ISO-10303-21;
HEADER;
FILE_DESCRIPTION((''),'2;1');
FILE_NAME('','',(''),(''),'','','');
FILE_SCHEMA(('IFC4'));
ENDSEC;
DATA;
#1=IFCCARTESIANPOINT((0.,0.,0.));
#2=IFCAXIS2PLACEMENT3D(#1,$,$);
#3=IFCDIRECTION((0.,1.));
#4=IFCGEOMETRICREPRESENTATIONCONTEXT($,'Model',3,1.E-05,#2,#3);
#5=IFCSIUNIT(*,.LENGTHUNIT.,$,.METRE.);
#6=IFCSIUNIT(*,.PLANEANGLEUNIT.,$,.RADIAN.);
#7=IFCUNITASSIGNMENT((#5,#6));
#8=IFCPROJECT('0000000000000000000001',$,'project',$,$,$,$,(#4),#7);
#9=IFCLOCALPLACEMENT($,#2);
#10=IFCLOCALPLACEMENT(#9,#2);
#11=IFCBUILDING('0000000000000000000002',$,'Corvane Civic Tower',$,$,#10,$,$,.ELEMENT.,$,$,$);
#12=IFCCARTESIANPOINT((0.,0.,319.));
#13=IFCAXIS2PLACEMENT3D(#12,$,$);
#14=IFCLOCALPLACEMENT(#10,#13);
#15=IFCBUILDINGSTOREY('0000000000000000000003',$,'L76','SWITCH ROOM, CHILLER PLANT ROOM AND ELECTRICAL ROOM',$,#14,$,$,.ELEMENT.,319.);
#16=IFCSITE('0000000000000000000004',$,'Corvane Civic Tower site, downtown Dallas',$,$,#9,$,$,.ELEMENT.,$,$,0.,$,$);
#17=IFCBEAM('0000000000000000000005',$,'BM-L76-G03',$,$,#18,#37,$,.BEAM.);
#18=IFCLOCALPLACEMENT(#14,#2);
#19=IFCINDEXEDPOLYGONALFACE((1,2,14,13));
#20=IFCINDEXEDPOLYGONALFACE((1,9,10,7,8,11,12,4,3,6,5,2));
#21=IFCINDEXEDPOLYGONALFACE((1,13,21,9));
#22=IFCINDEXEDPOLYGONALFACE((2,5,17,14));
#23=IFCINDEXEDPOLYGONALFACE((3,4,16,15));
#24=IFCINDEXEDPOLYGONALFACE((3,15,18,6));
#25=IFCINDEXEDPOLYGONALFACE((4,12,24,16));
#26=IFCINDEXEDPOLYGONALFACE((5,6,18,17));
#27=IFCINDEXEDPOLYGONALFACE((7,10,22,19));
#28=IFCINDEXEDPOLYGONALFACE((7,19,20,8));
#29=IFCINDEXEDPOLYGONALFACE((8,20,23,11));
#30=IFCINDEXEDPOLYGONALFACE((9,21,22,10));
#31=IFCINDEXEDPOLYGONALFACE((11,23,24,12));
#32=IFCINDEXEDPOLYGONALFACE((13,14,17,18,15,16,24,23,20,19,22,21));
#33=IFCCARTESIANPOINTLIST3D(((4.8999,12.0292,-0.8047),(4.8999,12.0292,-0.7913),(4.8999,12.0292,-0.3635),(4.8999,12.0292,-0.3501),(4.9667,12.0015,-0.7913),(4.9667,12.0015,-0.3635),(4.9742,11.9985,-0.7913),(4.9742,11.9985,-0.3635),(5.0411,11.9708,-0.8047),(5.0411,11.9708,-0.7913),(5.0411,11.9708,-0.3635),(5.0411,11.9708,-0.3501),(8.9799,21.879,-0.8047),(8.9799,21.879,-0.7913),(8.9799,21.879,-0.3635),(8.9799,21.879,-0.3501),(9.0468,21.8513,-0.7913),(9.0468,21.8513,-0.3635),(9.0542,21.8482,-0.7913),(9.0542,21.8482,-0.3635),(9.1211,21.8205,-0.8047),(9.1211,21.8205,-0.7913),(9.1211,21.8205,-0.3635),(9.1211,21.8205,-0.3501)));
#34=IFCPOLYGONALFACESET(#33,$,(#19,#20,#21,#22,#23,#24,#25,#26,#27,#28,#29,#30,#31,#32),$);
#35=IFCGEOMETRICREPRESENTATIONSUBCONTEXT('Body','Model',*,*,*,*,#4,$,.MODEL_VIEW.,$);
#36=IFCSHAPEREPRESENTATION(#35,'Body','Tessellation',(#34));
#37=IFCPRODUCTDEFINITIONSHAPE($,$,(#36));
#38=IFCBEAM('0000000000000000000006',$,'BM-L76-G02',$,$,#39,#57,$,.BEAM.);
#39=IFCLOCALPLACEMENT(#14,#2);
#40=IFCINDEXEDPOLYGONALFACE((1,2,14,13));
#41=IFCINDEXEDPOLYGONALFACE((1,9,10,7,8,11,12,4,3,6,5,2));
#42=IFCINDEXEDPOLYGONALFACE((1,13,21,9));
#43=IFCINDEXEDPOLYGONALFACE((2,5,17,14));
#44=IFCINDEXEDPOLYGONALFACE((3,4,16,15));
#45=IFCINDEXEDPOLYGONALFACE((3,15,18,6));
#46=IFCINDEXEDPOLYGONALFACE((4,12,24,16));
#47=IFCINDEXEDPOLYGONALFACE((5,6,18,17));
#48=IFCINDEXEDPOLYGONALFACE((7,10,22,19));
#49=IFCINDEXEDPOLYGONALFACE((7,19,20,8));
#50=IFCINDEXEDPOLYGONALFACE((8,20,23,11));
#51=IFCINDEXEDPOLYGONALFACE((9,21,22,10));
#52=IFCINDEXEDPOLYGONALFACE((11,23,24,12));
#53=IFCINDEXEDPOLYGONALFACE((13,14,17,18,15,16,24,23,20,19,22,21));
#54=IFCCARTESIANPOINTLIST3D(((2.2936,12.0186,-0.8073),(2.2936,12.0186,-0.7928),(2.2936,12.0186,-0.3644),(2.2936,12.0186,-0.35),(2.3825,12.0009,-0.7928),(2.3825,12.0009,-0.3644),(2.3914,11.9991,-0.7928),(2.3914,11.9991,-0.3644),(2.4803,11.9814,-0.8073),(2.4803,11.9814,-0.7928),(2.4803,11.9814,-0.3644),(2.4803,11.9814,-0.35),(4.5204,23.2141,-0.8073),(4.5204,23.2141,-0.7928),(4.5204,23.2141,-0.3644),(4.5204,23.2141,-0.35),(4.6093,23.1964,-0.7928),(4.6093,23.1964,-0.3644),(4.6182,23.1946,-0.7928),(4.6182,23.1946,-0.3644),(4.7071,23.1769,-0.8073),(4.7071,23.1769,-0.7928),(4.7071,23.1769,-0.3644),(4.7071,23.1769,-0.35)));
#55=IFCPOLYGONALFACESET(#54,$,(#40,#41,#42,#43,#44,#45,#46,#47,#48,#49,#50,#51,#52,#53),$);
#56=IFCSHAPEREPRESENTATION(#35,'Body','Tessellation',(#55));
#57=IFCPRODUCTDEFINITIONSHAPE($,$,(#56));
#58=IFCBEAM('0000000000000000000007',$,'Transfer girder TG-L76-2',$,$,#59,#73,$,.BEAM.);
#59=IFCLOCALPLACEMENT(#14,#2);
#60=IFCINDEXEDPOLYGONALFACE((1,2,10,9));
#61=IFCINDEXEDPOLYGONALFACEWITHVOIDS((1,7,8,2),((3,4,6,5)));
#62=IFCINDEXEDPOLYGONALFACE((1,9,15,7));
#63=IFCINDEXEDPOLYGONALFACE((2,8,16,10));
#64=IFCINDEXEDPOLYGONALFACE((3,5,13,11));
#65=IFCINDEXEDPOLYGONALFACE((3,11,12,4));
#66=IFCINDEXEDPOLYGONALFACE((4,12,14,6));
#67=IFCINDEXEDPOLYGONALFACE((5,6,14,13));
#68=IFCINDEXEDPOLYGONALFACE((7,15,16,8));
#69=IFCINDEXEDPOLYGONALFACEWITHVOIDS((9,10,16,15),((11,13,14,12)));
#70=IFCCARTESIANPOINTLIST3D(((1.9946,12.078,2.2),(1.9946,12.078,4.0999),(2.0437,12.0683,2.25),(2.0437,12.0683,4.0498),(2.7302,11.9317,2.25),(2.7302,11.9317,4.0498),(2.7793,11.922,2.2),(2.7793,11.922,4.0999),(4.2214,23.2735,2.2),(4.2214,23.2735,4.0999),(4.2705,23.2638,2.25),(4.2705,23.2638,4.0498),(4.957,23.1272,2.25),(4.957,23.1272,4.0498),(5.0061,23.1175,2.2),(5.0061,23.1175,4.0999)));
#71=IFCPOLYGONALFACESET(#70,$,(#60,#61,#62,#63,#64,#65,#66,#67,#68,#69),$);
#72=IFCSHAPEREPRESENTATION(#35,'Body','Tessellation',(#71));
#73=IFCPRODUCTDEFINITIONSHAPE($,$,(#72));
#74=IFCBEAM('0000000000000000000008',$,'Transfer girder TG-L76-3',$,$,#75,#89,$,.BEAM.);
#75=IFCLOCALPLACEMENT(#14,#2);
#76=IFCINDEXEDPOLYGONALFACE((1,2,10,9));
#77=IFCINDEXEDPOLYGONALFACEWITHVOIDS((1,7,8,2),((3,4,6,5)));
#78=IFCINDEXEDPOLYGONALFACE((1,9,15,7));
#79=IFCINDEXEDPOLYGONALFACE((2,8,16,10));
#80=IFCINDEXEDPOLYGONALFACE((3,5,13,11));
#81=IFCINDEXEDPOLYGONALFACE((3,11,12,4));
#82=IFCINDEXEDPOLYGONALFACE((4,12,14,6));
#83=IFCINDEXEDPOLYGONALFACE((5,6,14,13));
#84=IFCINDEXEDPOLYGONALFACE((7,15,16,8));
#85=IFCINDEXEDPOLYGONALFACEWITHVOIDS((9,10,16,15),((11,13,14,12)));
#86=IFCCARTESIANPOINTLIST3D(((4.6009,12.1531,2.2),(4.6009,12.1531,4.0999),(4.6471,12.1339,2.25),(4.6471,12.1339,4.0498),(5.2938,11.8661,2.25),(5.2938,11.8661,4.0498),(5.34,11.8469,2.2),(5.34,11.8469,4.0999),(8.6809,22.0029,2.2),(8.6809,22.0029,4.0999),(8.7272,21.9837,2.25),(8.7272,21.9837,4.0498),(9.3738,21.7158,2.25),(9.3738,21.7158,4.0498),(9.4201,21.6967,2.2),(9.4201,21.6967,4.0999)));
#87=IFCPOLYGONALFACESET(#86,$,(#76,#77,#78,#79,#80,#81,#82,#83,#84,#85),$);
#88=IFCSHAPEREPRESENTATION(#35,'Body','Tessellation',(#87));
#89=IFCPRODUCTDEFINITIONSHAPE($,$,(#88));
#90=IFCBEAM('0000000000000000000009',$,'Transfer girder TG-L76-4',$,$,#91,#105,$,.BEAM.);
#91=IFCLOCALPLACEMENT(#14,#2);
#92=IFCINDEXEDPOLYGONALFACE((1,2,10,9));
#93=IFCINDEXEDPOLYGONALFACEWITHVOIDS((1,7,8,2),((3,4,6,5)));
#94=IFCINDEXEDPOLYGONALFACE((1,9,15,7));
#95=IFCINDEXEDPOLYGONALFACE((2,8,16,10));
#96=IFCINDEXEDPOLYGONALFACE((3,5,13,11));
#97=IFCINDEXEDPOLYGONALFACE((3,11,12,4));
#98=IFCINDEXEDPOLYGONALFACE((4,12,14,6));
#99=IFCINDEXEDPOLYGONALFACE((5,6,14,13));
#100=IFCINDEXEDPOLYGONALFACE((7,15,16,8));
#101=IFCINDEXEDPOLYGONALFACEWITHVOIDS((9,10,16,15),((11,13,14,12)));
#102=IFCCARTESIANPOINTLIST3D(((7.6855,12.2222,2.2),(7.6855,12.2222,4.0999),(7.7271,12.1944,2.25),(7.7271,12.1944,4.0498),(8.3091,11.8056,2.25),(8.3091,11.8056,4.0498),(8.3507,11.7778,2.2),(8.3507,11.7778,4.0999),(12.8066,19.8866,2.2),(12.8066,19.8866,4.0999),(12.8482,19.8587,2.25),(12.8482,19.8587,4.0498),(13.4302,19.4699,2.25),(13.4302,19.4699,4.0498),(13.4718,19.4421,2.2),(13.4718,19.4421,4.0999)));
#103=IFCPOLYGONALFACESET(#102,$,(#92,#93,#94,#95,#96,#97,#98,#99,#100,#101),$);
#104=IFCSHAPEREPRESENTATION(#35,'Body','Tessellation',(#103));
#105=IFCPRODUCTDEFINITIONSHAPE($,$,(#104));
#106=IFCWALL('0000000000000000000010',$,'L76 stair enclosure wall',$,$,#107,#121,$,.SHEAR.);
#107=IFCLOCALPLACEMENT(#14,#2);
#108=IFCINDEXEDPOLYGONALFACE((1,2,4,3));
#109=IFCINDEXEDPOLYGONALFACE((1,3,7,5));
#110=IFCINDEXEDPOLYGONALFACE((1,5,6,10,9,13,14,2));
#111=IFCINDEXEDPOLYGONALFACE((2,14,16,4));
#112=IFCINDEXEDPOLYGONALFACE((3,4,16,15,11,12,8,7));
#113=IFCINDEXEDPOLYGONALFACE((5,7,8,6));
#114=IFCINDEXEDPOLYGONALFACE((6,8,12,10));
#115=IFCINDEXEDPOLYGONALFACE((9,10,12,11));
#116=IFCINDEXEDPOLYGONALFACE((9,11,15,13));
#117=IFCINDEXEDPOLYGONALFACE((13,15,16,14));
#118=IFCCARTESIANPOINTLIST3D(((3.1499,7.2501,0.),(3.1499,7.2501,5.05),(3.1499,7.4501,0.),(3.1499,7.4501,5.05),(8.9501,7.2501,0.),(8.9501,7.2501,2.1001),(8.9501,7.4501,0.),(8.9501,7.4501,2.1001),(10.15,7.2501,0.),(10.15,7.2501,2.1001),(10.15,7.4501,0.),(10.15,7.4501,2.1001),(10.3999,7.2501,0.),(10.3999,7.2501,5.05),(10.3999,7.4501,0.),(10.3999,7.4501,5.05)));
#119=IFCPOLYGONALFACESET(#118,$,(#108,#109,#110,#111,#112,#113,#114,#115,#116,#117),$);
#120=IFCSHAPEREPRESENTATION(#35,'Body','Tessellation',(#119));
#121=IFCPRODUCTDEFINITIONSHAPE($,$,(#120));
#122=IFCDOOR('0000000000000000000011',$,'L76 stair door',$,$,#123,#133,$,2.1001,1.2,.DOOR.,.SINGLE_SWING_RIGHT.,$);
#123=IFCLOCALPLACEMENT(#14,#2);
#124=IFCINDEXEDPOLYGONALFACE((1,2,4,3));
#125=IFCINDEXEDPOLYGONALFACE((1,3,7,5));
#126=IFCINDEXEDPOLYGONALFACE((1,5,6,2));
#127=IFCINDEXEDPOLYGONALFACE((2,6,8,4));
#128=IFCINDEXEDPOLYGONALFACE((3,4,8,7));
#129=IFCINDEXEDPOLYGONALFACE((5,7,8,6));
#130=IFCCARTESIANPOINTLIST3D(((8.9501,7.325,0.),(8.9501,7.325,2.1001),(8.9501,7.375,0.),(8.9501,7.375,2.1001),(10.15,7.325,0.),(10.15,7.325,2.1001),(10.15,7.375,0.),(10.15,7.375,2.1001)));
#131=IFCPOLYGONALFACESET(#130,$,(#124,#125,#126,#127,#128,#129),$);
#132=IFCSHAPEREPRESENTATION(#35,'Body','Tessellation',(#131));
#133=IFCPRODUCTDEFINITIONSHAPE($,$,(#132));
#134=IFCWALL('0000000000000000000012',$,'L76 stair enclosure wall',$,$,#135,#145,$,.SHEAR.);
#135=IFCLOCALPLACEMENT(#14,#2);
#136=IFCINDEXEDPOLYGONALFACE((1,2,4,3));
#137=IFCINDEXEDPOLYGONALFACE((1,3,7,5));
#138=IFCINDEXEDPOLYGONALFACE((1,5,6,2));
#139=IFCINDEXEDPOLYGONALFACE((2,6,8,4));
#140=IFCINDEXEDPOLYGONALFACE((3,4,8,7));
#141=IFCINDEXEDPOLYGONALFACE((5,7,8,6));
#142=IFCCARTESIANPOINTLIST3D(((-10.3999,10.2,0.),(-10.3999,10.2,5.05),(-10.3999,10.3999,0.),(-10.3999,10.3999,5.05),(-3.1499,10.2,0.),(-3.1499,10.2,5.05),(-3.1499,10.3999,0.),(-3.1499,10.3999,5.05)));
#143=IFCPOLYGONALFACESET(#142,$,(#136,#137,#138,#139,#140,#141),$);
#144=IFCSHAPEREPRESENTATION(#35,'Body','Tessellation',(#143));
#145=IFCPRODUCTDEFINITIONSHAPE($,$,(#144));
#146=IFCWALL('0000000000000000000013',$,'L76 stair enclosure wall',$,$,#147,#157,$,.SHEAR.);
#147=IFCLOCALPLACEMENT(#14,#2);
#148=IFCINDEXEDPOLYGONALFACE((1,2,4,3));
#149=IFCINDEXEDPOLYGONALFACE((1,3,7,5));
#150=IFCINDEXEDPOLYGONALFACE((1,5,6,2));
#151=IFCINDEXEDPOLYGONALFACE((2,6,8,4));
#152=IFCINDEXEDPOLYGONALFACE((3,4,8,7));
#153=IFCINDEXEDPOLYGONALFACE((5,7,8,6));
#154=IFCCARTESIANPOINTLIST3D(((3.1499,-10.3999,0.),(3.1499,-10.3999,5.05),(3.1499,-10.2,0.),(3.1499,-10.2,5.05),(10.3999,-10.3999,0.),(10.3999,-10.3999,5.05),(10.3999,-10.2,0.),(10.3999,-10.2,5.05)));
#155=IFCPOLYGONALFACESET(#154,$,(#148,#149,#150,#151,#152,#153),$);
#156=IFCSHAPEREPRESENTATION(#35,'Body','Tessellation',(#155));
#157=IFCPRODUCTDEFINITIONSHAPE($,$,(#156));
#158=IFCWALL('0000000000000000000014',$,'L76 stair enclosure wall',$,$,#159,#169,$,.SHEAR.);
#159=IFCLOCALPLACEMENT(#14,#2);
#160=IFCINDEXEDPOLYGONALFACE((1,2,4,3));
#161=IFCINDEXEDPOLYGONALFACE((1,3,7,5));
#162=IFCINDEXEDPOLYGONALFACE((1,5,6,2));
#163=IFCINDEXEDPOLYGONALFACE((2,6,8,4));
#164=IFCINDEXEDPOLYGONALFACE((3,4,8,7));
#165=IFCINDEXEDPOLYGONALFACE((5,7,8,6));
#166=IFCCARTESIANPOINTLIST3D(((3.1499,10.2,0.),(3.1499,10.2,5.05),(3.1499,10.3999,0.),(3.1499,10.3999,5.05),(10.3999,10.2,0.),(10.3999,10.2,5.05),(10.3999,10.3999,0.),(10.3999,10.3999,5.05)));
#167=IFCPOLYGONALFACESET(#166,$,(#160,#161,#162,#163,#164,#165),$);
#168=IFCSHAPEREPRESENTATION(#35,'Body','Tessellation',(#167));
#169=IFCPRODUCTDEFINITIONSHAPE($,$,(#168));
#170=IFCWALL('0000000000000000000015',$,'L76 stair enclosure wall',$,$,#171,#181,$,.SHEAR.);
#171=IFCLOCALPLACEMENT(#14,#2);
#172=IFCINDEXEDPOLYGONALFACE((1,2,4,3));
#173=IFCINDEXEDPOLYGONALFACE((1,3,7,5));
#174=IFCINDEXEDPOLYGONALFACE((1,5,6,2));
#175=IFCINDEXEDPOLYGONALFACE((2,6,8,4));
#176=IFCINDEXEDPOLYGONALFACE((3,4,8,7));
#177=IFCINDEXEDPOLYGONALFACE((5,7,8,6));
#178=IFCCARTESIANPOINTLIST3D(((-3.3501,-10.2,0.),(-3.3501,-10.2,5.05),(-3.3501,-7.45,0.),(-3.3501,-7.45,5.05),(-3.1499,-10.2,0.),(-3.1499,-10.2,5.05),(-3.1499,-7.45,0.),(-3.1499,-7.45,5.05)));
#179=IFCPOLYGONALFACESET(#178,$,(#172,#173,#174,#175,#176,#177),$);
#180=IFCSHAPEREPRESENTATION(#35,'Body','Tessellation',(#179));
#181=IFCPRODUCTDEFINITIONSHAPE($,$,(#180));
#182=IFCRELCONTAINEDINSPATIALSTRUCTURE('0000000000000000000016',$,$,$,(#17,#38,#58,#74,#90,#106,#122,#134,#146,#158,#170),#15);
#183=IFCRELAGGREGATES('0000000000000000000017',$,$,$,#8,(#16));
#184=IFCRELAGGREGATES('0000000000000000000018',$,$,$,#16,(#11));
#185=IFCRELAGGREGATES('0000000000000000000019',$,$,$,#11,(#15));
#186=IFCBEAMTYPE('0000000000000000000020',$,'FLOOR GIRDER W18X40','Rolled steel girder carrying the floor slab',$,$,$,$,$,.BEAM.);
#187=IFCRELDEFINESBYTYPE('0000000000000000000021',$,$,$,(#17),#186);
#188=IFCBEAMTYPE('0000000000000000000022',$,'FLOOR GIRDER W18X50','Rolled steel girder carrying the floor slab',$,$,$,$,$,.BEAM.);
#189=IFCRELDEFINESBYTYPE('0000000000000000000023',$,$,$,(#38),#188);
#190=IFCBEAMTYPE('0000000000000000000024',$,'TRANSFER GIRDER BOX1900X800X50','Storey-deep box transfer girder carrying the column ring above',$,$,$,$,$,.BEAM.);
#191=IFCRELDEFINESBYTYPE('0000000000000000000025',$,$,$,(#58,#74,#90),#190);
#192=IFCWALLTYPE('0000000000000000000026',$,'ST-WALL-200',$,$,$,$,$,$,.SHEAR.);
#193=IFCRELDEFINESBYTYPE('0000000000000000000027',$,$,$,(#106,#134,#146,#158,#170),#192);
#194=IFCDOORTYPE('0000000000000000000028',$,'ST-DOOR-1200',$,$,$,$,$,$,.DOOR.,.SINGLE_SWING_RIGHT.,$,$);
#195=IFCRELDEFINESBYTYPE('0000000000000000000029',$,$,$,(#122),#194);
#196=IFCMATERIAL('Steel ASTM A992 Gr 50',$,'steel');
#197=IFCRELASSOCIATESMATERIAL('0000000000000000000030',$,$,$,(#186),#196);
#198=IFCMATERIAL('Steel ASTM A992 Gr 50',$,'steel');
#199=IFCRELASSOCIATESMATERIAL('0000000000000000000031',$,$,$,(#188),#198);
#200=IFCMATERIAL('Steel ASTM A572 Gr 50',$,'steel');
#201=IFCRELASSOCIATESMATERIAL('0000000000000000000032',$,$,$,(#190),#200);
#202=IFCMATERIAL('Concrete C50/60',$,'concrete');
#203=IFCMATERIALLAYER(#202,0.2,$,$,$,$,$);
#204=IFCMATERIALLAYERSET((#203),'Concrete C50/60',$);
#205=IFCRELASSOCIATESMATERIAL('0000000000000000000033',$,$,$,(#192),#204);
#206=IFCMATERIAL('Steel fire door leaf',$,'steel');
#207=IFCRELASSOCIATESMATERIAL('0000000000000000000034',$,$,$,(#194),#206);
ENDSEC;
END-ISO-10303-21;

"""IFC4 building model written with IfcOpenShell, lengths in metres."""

from ifc_helpers import new_model, si_unit, direction, frame, frame_2d, origin, origin_2d, place, context, subcontext, project, spatial, polyline, rectangle, hollow_rectangle, i_section, outline, extrude, material, layer, layer_set, material_profile, profile_set, type_object, element, fill, save


model = new_model("IFC4")

# Units and contexts
model_context = context("Model", 3, precision=1e-05, world=origin(), true_north=direction((0.0, 1.0)))
body_context = subcontext(model_context, "Body", "Model", "MODEL_VIEW")
ifc_project = project(units=[si_unit("LENGTHUNIT", "METRE"), si_unit("PLANEANGLEUNIT", "RADIAN")], contexts=[model_context])

# Site, building, storey
site_placement = place(None, origin())
site = spatial("IfcSite", under=ifc_project, at=site_placement, Name="Corvane Civic Tower site, downtown Dallas", CompositionType="ELEMENT", RefElevation=0.0)
building_placement = place(site_placement, origin())
building = spatial("IfcBuilding", under=site, at=building_placement, Name="Corvane Civic Tower", CompositionType="ELEMENT")
storey_placement = place(building_placement, frame((0.0, 0.0, 319.0)))
storey = spatial("IfcBuildingStorey", under=building, at=storey_placement, Name="L76", Description="SWITCH ROOM, CHILLER PLANT ROOM AND ELECTRICAL ROOM", CompositionType="ELEMENT", Elevation=319.0)

# Beams
ifc_material_1 = material(Name="Steel ASTM A992 Gr 50", Category="steel")
ifc_material_profile_1 = material_profile(ifc_material_1, i_section(OverallWidth=0.1528, OverallDepth=0.4546, WebThickness=0.0081, FlangeThickness=0.0134, at=origin_2d()), Name="W18X40")
ifc_profile_set_1 = profile_set([ifc_material_profile_1], Name="Steel ASTM A992 Gr 50")
beam_type_1 = type_object("IfcBeamType", Name="FLOOR GIRDER W18X40", Description="Rolled steel girder carrying the floor slab", PredefinedType="BEAM", material=ifc_profile_set_1)
beam_1_placement = place(storey_placement, frame((4.9705, 12.0, -0.5774), z_axis=(0.382694, 0.923875, 0.0), x_axis=(-0.923875, 0.382694, 0.0)))
element("IfcBeam", 1, at=beam_1_placement, inside=storey, type_object=beam_type_1, Name="BM-L76-G03", PredefinedType="BEAM", context=body_context, shape_type="SweptSolid", body=[
    extrude(i_section(OverallWidth=0.1528, OverallDepth=0.4546, WebThickness=0.0081, FlangeThickness=0.0134, at=origin_2d()), origin(), (0.0, 0.0, 1.0), 10.6614),
])
ifc_material_2 = material(Name="Steel ASTM A992 Gr 50", Category="steel")
ifc_material_profile_2 = material_profile(ifc_material_2, i_section(OverallWidth=0.1904, OverallDepth=0.4573, WebThickness=0.009, FlangeThickness=0.0144, at=origin_2d()), Name="W18X50")
ifc_profile_set_2 = profile_set([ifc_material_profile_2], Name="Steel ASTM A992 Gr 50")
beam_type_2 = type_object("IfcBeamType", Name="FLOOR GIRDER W18X50", Description="Rolled steel girder carrying the floor slab", PredefinedType="BEAM", material=ifc_profile_set_2)
beam_2_placement = place(storey_placement, frame((2.387, 12.0, -0.5786), z_axis=(0.19508, 0.980787, 0.0), x_axis=(-0.980787, 0.19508, 0.0)))
element("IfcBeam", 2, at=beam_2_placement, inside=storey, type_object=beam_type_2, Name="BM-L76-G02", PredefinedType="BEAM", context=body_context, shape_type="SweptSolid", body=[
    extrude(i_section(OverallWidth=0.1904, OverallDepth=0.4573, WebThickness=0.009, FlangeThickness=0.0144, at=origin_2d()), origin(), (0.0, 0.0, 1.0), 11.4148),
])
ifc_material_3 = material(Name="Steel ASTM A572 Gr 50", Category="steel")
ifc_material_profile_3 = material_profile(ifc_material_3, hollow_rectangle(XDim=0.8, YDim=1.8999, WallThickness=0.05, at=origin_2d()), Name="BOX1900X800X50")
ifc_profile_set_3 = profile_set([ifc_material_profile_3], Name="Steel ASTM A572 Gr 50")
beam_type_3 = type_object("IfcBeamType", Name="TRANSFER GIRDER BOX1900X800X50", Description="Storey-deep box transfer girder carrying the column ring above", PredefinedType="BEAM", material=ifc_profile_set_3)
beam_3_placement = place(storey_placement, frame((2.387, 12.0, 3.1499), z_axis=(0.19508, 0.980787, 0.0), x_axis=(-0.980787, 0.19508, 0.0)))
element("IfcBeam", 3, at=beam_3_placement, inside=storey, type_object=beam_type_3, Name="Transfer girder TG-L76-2", PredefinedType="BEAM", context=body_context, shape_type="SweptSolid", body=[
    extrude(hollow_rectangle(XDim=0.8, YDim=1.8999, WallThickness=0.05, at=origin_2d()), origin(), (0.0, 0.0, 1.0), 11.4148),
])
beam_4_placement = place(storey_placement, frame((4.9705, 12.0, 3.1499), z_axis=(0.382694, 0.923875, 0.0), x_axis=(-0.923875, 0.382694, 0.0)))
element("IfcBeam", 4, at=beam_4_placement, inside=storey, type_object=beam_type_3, Name="Transfer girder TG-L76-3", PredefinedType="BEAM", context=body_context, shape_type="SweptSolid", body=[
    extrude(hollow_rectangle(XDim=0.8, YDim=1.8999, WallThickness=0.05, at=origin_2d()), origin(), (0.0, 0.0, 1.0), 10.6614),
])
beam_5_placement = place(storey_placement, frame((8.0181, 12.0, 3.1499), z_axis=(0.555568, 0.831471, 0.0), x_axis=(-0.831471, 0.555568, 0.0)))
element("IfcBeam", 5, at=beam_5_placement, inside=storey, type_object=beam_type_3, Name="Transfer girder TG-L76-4", PredefinedType="BEAM", context=body_context, shape_type="SweptSolid", body=[
    extrude(hollow_rectangle(XDim=0.8, YDim=1.8999, WallThickness=0.05, at=origin_2d()), origin(), (0.0, 0.0, 1.0), 9.2178),
])

# Wall, opening, door
ifc_material_4 = material(Name="Concrete C50/60", Category="concrete")
ifc_layer = layer(ifc_material_4, 0.2)
ifc_layer_set = layer_set([ifc_layer], Name="Concrete C50/60")
wall_type = type_object("IfcWallType", Name="ST-WALL-200", PredefinedType="SHEAR", material=ifc_layer_set)
wall_1_placement = place(storey_placement, frame((3.1499, 7.3501, 0.0), z_axis=(0.0, 0.0, 1.0), x_axis=(1.0, 0.0, 0.0)))
wall_1 = element("IfcWall", 6, at=wall_1_placement, inside=storey, type_object=wall_type, Name="L76 stair enclosure wall", PredefinedType="SHEAR", context=body_context, shape_type="SweptSolid", body=[
    extrude(rectangle(XDim=7.25, YDim=0.2, at=frame_2d((3.625, 0.0))), origin(), (0.0, 0.0, 1.0), 5.05),
])
opening_placement = place(wall_1_placement, frame((5.8, 0.0, 0.0)))
opening = element("IfcOpeningElement", 7, at=opening_placement, cuts=wall_1, PredefinedType="OPENING", context=body_context, shape_type="SweptSolid", body=[
    extrude(rectangle(XDim=1.2, YDim=2.1001, at=frame_2d((0.6001, 1.05))), frame((0.0, 0.1099, 0.0), z_axis=(0.0, -1.0, 0.0), x_axis=(1.0, 0.0, 0.0)), (0.0, 0.0, 1.0), 0.22),
])
ifc_material_5 = material(Name="Steel fire door leaf", Category="steel")
door_type = type_object("IfcDoorType", Name="ST-DOOR-1200", OperationType="SINGLE_SWING_RIGHT", PredefinedType="DOOR", material=ifc_material_5)
door_placement = place(opening_placement, origin())
door = element("IfcDoor", 8, at=door_placement, inside=storey, type_object=door_type, Name="L76 stair door", OperationType="SINGLE_SWING_RIGHT", OverallHeight=2.1001, OverallWidth=1.2, PredefinedType="DOOR", context=body_context, shape_type="SweptSolid", body=[
    extrude(rectangle(XDim=1.2, YDim=2.1001, at=frame_2d((0.6001, 1.05))), frame((0.0, 0.0249, 0.0), z_axis=(0.0, -1.0, 0.0), x_axis=(1.0, 0.0, 0.0)), (0.0, 0.0, 1.0), 0.05),
])
fill(opening, door)

# Walls
wall_2_placement = place(storey_placement, origin())
element("IfcWall", 9, at=wall_2_placement, inside=storey, type_object=wall_type, Name="L76 stair enclosure wall", PredefinedType="SHEAR", context=body_context, shape_type="SweptSolid", body=[
    extrude(outline(polyline([(-3.1499, 10.2), (-10.3999, 10.2), (-10.3999, 10.3999), (-3.1499, 10.3999), (-3.1499, 10.2)])), origin(), (0.0, 0.0, 1.0), 5.05),
])
wall_3_placement = place(storey_placement, origin())
element("IfcWall", 10, at=wall_3_placement, inside=storey, type_object=wall_type, Name="L76 stair enclosure wall", PredefinedType="SHEAR", context=body_context, shape_type="SweptSolid", body=[
    extrude(outline(polyline([(10.3999, -10.3999), (3.1499, -10.3999), (3.1499, -10.2), (10.3999, -10.2), (10.3999, -10.3999)])), origin(), (0.0, 0.0, 1.0), 5.05),
])
wall_4_placement = place(storey_placement, origin())
element("IfcWall", 11, at=wall_4_placement, inside=storey, type_object=wall_type, Name="L76 stair enclosure wall", PredefinedType="SHEAR", context=body_context, shape_type="SweptSolid", body=[
    extrude(outline(polyline([(10.3999, 10.2), (3.1499, 10.2), (3.1499, 10.3999), (10.3999, 10.3999), (10.3999, 10.2)])), origin(), (0.0, 0.0, 1.0), 5.05),
])
wall_5_placement = place(storey_placement, origin())
element("IfcWall", 12, at=wall_5_placement, inside=storey, type_object=wall_type, Name="L76 stair enclosure wall", PredefinedType="SHEAR", context=body_context, shape_type="SweptSolid", body=[
    extrude(outline(polyline([(-3.1499, -7.45), (-3.1499, -10.2), (-3.3501, -10.2), (-3.3501, -7.45), (-3.1499, -7.45)])), origin(), (0.0, 0.0, 1.0), 5.05),
])

save(model, "model.ifc")
